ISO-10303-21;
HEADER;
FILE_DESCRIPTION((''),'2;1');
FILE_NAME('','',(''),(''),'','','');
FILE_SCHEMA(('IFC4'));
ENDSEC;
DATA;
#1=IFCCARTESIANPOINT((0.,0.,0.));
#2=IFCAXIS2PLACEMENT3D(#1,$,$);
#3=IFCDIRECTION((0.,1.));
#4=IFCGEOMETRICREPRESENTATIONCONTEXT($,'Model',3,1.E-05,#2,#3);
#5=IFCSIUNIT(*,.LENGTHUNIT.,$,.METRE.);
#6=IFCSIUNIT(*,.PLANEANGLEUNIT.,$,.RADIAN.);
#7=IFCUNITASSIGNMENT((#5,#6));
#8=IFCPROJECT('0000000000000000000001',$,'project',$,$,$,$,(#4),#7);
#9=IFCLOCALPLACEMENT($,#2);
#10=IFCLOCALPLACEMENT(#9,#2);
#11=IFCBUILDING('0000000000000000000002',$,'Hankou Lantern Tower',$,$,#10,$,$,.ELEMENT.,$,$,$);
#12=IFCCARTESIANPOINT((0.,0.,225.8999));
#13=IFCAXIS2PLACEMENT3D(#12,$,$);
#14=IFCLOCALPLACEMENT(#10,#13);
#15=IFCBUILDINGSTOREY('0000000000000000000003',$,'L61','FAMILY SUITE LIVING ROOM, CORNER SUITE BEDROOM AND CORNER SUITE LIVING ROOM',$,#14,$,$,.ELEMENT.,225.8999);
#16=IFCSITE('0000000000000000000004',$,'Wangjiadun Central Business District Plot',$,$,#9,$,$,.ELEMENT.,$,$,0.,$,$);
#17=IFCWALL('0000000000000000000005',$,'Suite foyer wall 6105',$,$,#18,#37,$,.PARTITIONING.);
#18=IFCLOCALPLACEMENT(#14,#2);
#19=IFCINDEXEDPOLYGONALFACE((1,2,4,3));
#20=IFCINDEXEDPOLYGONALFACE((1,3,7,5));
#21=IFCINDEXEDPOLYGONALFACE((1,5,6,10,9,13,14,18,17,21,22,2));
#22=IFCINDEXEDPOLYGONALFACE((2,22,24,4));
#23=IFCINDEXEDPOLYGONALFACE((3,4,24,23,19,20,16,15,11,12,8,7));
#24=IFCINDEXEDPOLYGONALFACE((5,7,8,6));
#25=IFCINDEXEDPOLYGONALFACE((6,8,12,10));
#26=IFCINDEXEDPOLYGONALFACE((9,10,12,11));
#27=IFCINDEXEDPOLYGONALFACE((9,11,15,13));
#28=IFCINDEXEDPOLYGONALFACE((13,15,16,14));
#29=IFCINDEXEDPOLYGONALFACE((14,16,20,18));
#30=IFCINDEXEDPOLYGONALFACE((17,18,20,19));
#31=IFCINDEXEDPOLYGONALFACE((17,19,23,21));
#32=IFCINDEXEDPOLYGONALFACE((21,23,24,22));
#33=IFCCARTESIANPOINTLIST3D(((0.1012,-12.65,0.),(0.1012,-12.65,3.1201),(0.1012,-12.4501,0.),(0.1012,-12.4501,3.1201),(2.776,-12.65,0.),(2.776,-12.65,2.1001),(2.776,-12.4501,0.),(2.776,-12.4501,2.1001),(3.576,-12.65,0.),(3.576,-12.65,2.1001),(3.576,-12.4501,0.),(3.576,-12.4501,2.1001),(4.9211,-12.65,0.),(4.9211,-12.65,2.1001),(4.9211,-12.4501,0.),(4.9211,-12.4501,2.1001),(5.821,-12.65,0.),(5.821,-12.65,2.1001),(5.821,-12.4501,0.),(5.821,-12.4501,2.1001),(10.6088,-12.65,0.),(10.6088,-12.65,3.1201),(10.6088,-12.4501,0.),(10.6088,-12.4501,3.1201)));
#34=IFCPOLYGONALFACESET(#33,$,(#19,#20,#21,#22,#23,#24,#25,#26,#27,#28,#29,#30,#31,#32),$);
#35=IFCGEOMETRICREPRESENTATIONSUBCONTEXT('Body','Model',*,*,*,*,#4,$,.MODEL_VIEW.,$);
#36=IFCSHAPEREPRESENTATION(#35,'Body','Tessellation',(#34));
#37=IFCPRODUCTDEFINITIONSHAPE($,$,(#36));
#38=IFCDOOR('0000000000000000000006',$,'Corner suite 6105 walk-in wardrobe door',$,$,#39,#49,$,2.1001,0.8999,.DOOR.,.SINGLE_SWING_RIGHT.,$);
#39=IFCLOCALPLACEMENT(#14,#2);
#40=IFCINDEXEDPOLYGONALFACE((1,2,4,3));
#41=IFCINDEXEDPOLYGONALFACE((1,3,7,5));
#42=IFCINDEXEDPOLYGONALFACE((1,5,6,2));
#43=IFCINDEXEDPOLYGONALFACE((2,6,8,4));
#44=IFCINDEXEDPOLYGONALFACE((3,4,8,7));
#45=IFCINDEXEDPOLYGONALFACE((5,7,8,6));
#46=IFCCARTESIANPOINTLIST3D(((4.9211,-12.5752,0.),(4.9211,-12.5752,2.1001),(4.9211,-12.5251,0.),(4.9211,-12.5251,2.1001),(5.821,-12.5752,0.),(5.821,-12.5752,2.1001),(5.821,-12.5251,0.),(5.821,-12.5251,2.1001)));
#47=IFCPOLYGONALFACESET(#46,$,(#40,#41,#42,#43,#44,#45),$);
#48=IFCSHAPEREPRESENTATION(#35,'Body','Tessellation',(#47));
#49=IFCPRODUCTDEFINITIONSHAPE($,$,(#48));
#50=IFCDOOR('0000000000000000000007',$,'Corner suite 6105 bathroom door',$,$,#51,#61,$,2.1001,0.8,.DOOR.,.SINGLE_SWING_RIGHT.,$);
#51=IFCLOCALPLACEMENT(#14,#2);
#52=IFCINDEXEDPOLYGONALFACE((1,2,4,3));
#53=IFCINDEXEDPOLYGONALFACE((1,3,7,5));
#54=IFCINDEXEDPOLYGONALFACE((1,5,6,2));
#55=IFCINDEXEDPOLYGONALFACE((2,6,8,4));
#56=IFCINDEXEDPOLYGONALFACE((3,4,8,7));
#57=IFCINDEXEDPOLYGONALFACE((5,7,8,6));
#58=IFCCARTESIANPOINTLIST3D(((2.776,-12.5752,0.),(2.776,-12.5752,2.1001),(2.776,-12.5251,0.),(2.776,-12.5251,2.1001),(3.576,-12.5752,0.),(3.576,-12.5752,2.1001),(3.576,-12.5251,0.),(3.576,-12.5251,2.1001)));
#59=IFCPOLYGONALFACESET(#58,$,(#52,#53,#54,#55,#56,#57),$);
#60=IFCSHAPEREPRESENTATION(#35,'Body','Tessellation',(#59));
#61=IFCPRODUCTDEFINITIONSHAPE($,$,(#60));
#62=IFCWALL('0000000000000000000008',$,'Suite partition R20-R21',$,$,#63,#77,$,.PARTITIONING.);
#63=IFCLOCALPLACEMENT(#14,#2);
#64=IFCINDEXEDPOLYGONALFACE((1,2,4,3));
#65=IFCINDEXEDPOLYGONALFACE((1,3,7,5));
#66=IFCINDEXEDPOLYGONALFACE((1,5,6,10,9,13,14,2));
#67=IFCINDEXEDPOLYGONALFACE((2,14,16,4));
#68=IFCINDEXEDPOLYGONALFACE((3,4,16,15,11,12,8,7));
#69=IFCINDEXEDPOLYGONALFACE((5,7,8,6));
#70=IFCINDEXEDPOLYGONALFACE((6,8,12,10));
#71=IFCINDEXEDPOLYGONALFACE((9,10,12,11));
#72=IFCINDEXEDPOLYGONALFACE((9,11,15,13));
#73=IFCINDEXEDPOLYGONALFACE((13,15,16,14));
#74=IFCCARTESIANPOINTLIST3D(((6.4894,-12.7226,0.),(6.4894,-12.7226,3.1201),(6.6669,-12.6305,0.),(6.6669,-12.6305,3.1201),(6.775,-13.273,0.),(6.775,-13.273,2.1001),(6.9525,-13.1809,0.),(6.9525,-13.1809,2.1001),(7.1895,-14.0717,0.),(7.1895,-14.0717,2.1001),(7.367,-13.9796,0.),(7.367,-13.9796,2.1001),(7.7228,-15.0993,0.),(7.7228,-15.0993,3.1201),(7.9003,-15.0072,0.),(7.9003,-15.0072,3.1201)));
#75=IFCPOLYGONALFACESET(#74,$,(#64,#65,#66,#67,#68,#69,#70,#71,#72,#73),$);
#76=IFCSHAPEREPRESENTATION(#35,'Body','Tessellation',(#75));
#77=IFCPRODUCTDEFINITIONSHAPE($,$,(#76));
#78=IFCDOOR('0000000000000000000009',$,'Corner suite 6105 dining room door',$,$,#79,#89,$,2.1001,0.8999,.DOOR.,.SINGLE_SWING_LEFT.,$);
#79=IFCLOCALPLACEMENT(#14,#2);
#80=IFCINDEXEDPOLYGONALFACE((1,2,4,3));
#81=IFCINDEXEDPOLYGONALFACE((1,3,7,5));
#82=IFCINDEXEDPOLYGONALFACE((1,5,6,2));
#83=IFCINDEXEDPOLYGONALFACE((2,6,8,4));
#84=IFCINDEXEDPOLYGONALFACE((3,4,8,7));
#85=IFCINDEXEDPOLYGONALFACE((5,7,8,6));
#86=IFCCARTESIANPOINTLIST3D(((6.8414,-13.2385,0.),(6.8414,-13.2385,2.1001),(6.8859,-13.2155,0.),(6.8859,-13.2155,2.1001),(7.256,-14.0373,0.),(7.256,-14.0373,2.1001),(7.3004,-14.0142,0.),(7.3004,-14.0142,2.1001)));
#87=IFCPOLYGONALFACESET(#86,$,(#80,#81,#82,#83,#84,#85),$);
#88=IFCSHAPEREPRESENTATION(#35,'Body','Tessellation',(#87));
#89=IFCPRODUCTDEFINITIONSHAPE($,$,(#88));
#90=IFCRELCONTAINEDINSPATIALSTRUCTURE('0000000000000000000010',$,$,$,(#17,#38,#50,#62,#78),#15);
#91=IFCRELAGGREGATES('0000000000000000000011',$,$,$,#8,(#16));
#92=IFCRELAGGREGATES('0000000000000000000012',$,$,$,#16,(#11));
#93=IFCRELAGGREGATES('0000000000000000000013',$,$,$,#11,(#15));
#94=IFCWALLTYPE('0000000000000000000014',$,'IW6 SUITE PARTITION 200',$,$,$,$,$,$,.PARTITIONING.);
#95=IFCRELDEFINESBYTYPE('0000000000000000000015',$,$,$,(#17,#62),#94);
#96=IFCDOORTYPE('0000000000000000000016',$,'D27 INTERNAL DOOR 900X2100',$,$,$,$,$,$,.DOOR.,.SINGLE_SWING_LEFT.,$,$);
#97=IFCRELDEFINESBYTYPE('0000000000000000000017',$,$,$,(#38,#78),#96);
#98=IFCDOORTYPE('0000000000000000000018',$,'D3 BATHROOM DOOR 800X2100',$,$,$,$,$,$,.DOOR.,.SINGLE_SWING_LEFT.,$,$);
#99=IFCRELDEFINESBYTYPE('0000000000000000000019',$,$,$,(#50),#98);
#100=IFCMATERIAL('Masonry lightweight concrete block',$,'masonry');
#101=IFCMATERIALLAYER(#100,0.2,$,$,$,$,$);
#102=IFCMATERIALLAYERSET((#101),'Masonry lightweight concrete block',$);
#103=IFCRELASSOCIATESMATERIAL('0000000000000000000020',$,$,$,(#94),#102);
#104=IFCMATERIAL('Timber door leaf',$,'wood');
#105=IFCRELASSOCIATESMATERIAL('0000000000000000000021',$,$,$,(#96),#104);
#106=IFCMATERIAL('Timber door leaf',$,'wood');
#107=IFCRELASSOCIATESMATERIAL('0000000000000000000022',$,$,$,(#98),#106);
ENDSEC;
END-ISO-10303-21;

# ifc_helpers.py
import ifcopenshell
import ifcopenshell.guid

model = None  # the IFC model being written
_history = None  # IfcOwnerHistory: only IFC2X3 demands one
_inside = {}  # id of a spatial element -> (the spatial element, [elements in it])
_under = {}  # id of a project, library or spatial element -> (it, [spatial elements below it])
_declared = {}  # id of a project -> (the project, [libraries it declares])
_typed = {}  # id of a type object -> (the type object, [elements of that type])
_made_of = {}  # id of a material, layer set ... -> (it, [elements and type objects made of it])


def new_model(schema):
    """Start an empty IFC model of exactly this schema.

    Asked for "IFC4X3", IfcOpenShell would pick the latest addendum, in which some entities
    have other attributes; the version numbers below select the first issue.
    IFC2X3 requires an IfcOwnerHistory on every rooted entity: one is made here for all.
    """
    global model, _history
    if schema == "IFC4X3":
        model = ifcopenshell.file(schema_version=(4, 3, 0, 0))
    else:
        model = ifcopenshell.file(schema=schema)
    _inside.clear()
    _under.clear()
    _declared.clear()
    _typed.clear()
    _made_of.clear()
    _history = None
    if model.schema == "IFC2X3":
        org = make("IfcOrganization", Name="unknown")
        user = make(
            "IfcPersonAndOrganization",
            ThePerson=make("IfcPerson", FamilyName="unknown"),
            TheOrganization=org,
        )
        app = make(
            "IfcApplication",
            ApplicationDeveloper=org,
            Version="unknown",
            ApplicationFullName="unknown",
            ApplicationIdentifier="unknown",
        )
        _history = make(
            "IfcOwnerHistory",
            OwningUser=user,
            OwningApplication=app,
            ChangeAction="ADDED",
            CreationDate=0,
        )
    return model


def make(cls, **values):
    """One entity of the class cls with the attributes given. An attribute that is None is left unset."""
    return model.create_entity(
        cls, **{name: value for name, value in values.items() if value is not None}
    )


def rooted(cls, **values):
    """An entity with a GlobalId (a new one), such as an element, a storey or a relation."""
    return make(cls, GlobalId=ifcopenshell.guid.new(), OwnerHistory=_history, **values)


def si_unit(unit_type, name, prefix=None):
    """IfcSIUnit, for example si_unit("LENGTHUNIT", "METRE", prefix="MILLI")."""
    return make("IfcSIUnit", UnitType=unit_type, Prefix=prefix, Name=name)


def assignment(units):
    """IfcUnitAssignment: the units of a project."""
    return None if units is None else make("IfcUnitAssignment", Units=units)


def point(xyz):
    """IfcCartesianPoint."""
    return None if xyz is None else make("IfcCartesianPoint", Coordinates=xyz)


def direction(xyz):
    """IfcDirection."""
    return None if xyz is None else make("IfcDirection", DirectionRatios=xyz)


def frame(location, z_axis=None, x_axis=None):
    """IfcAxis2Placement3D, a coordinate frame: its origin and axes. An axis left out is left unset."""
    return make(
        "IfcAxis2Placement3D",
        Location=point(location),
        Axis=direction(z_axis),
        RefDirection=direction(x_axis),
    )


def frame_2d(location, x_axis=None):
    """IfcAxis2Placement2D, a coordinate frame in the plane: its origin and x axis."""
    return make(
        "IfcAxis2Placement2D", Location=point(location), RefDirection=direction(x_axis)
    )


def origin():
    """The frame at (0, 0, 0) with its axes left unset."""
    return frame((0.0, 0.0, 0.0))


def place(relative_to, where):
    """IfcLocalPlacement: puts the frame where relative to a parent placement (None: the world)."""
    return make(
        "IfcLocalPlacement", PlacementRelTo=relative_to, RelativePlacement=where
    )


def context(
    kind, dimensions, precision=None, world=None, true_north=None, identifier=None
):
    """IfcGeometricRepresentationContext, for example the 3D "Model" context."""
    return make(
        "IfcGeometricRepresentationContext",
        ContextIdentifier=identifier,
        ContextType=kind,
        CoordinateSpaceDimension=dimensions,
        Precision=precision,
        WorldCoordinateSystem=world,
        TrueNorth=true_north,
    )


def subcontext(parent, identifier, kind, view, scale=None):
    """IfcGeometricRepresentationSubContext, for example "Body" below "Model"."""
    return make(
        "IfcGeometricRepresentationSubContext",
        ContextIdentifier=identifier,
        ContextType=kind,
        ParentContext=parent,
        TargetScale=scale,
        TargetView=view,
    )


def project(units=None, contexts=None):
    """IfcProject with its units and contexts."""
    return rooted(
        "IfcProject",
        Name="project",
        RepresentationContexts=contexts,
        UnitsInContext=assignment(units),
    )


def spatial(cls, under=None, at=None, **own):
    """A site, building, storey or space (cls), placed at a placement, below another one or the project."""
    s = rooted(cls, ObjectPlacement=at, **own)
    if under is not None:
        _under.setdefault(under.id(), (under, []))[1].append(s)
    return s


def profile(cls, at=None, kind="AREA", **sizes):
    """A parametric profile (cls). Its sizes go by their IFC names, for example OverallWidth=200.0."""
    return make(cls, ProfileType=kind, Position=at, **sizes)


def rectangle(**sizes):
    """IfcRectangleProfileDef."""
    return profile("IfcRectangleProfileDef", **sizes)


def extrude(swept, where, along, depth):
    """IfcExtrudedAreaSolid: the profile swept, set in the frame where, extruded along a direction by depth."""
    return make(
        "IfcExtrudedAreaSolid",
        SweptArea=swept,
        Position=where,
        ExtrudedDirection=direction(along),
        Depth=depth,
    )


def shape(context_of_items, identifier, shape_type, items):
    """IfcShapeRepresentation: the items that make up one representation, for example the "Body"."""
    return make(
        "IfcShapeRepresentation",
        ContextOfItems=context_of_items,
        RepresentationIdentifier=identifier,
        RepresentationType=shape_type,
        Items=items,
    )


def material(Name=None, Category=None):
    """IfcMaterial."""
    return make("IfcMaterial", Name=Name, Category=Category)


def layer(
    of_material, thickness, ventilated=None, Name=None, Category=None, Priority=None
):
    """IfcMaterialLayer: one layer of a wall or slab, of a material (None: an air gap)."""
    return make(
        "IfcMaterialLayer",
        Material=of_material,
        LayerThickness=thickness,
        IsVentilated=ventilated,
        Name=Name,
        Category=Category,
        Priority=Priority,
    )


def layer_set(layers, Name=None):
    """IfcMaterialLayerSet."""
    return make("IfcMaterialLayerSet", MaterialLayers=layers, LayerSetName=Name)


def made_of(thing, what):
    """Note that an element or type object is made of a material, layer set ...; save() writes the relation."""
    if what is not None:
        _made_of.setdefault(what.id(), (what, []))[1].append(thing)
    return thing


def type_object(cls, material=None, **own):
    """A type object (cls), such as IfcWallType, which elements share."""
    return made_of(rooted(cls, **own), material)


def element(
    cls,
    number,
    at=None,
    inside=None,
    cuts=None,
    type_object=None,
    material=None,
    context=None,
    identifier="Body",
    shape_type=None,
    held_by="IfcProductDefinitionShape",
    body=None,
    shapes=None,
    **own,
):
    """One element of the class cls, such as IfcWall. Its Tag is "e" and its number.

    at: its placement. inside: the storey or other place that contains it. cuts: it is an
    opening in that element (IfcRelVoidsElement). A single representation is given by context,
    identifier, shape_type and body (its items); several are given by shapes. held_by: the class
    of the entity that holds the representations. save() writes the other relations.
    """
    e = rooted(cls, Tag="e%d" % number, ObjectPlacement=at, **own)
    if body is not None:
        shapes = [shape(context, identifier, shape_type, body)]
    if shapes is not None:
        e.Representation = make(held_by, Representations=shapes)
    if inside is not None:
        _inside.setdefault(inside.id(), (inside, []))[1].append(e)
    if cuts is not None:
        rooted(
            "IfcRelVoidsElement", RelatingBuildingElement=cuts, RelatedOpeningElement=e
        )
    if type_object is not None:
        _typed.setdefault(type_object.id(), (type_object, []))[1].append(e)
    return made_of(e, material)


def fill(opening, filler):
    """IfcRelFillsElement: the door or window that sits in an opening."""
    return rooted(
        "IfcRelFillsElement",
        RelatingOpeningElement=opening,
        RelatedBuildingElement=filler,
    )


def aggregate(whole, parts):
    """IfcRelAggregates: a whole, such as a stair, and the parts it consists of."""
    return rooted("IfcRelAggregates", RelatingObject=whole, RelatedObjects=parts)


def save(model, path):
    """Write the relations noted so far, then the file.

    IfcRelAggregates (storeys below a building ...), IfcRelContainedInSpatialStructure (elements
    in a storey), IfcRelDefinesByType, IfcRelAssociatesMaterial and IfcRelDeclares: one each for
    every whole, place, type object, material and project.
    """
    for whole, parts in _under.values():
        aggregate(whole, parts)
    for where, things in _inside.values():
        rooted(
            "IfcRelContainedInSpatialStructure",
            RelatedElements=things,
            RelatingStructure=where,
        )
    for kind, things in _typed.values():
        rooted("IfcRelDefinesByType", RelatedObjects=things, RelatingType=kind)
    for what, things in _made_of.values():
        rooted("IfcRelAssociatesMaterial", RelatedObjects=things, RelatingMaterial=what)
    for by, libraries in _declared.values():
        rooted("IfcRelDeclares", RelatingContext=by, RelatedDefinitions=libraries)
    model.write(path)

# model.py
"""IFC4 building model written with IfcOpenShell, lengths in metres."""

from ifc_helpers import new_model, si_unit, direction, frame, frame_2d, origin, place, context, subcontext, project, spatial, rectangle, extrude, material, layer, layer_set, type_object, element, fill, save


model = new_model("IFC4")

# Units and contexts
model_context = context("Model", 3, precision=1e-05, world=origin(), true_north=direction((0.0, 1.0)))
body_context = subcontext(model_context, "Body", "Model", "MODEL_VIEW")
ifc_project = project(units=[si_unit("LENGTHUNIT", "METRE"), si_unit("PLANEANGLEUNIT", "RADIAN")], contexts=[model_context])

# Site, building, storey
site_placement = place(None, origin())
site = spatial("IfcSite", under=ifc_project, at=site_placement, Name="Wangjiadun Central Business District Plot", CompositionType="ELEMENT", RefElevation=0.0)
building_placement = place(site_placement, origin())
building = spatial("IfcBuilding", under=site, at=building_placement, Name="Hankou Lantern Tower", CompositionType="ELEMENT")
storey_placement = place(building_placement, frame((0.0, 0.0, 225.8999)))
storey = spatial("IfcBuildingStorey", under=building, at=storey_placement, Name="L61", Description="FAMILY SUITE LIVING ROOM, CORNER SUITE BEDROOM AND CORNER SUITE LIVING ROOM", CompositionType="ELEMENT", Elevation=225.8999)

# Wall, openings, doors
ifc_material_1 = material(Name="Masonry lightweight concrete block", Category="masonry")
ifc_layer_1 = layer(ifc_material_1, 0.2)
ifc_layer_set_1 = layer_set([ifc_layer_1], Name="Masonry lightweight concrete block")
wall_type_1 = type_object("IfcWallType", Name="IW6 SUITE PARTITION 200", PredefinedType="PARTITIONING", material=ifc_layer_set_1)
wall_1_placement = place(storey_placement, frame((0.1011, -12.55, 0.0), z_axis=(0.0, 0.0, 1.0), x_axis=(1.0, 0.0, 0.0)))
wall_1 = element("IfcWall", 1, at=wall_1_placement, inside=storey, type_object=wall_type_1, Name="Suite foyer wall 6105", PredefinedType="PARTITIONING", context=body_context, shape_type="SweptSolid", body=[
    extrude(rectangle(XDim=10.5076, YDim=0.2, at=frame_2d((5.2539, 0.0))), origin(), (0.0, 0.0, 1.0), 3.1201),
])
opening_1_placement = place(wall_1_placement, frame((2.675, 0.0, 0.0)))
opening_1 = element("IfcOpeningElement", 2, at=opening_1_placement, cuts=wall_1, PredefinedType="OPENING", context=body_context, shape_type="SweptSolid", body=[
    extrude(rectangle(XDim=0.8, YDim=2.1001, at=frame_2d((0.3999, 1.05))), frame((0.0, 0.1099, 0.0), z_axis=(0.0, -1.0, 0.0), x_axis=(1.0, 0.0, 0.0)), (0.0, 0.0, 1.0), 0.22),
])
opening_2_placement = place(wall_1_placement, frame((4.8201, 0.0, 0.0)))
opening_2 = element("IfcOpeningElement", 3, at=opening_2_placement, cuts=wall_1, PredefinedType="OPENING", context=body_context, shape_type="SweptSolid", body=[
    extrude(rectangle(XDim=0.8999, YDim=2.1001, at=frame_2d((0.45, 1.05))), frame((0.0, 0.1099, 0.0), z_axis=(0.0, -1.0, 0.0), x_axis=(1.0, 0.0, 0.0)), (0.0, 0.0, 1.0), 0.22),
])
ifc_material_2 = material(Name="Timber door leaf", Category="wood")
door_type_1 = type_object("IfcDoorType", Name="D27 INTERNAL DOOR 900X2100", OperationType="SINGLE_SWING_LEFT", PredefinedType="DOOR", material=ifc_material_2)
door_1_placement = place(opening_2_placement, origin())
door_1 = element("IfcDoor", 4, at=door_1_placement, inside=storey, type_object=door_type_1, Name="Corner suite 6105 walk-in wardrobe door", OperationType="SINGLE_SWING_RIGHT", OverallHeight=2.1001, OverallWidth=0.8999, PredefinedType="DOOR", context=body_context, shape_type="SweptSolid", body=[
    extrude(rectangle(XDim=0.8999, YDim=2.1001, at=frame_2d((0.45, 1.05))), frame((0.0, 0.0249, 0.0), z_axis=(0.0, -1.0, 0.0), x_axis=(1.0, 0.0, 0.0)), (0.0, 0.0, 1.0), 0.05),
])
fill(opening_2, door_1)
ifc_material_3 = material(Name="Timber door leaf", Category="wood")
door_type_2 = type_object("IfcDoorType", Name="D3 BATHROOM DOOR 800X2100", OperationType="SINGLE_SWING_LEFT", PredefinedType="DOOR", material=ifc_material_3)
door_2_placement = place(opening_1_placement, origin())
door_2 = element("IfcDoor", 5, at=door_2_placement, inside=storey, type_object=door_type_2, Name="Corner suite 6105 bathroom door", OperationType="SINGLE_SWING_RIGHT", OverallHeight=2.1001, OverallWidth=0.8, PredefinedType="DOOR", context=body_context, shape_type="SweptSolid", body=[
    extrude(rectangle(XDim=0.8, YDim=2.1001, at=frame_2d((0.3999, 1.05))), frame((0.0, 0.0249, 0.0), z_axis=(0.0, -1.0, 0.0), x_axis=(1.0, 0.0, 0.0)), (0.0, 0.0, 1.0), 0.05),
])
fill(opening_1, door_2)

# Wall, opening, door
wall_2_placement = place(storey_placement, frame((6.5781, -12.6765, 0.0), z_axis=(0.0, 0.0, 1.0), x_axis=(0.460621, -0.887597, 0.0)))
wall_2 = element("IfcWall", 6, at=wall_2_placement, inside=storey, type_object=wall_type_1, Name="Suite partition R20-R21", PredefinedType="PARTITIONING", context=body_context, shape_type="SweptSolid", body=[
    extrude(rectangle(XDim=2.6777, YDim=0.2, at=frame_2d((1.3389, 0.0))), origin(), (0.0, 0.0, 1.0), 3.1201),
])
opening_3_placement = place(wall_2_placement, frame((0.6201, 0.0, 0.0)))
opening_3 = element("IfcOpeningElement", 7, at=opening_3_placement, cuts=wall_2, PredefinedType="OPENING", context=body_context, shape_type="SweptSolid", body=[
    extrude(rectangle(XDim=0.8999, YDim=2.1001, at=frame_2d((0.45, 1.05))), frame((0.0, 0.1099, 0.0), z_axis=(0.0, -1.0, 0.0), x_axis=(1.0, 0.0, 0.0)), (0.0, 0.0, 1.0), 0.22),
])
door_3_placement = place(opening_3_placement, origin())
door_3 = element("IfcDoor", 8, at=door_3_placement, inside=storey, type_object=door_type_1, Name="Corner suite 6105 dining room door", OperationType="SINGLE_SWING_LEFT", OverallHeight=2.1001, OverallWidth=0.8999, PredefinedType="DOOR", context=body_context, shape_type="SweptSolid", body=[
    extrude(rectangle(XDim=0.8999, YDim=2.1001, at=frame_2d((0.45, 1.05))), frame((0.0, 0.0249, 0.0), z_axis=(0.0, -1.0, 0.0), x_axis=(1.0, 0.0, 0.0)), (0.0, 0.0, 1.0), 0.05),
])
fill(opening_3, door_3)

save(model, "model.ifc")
